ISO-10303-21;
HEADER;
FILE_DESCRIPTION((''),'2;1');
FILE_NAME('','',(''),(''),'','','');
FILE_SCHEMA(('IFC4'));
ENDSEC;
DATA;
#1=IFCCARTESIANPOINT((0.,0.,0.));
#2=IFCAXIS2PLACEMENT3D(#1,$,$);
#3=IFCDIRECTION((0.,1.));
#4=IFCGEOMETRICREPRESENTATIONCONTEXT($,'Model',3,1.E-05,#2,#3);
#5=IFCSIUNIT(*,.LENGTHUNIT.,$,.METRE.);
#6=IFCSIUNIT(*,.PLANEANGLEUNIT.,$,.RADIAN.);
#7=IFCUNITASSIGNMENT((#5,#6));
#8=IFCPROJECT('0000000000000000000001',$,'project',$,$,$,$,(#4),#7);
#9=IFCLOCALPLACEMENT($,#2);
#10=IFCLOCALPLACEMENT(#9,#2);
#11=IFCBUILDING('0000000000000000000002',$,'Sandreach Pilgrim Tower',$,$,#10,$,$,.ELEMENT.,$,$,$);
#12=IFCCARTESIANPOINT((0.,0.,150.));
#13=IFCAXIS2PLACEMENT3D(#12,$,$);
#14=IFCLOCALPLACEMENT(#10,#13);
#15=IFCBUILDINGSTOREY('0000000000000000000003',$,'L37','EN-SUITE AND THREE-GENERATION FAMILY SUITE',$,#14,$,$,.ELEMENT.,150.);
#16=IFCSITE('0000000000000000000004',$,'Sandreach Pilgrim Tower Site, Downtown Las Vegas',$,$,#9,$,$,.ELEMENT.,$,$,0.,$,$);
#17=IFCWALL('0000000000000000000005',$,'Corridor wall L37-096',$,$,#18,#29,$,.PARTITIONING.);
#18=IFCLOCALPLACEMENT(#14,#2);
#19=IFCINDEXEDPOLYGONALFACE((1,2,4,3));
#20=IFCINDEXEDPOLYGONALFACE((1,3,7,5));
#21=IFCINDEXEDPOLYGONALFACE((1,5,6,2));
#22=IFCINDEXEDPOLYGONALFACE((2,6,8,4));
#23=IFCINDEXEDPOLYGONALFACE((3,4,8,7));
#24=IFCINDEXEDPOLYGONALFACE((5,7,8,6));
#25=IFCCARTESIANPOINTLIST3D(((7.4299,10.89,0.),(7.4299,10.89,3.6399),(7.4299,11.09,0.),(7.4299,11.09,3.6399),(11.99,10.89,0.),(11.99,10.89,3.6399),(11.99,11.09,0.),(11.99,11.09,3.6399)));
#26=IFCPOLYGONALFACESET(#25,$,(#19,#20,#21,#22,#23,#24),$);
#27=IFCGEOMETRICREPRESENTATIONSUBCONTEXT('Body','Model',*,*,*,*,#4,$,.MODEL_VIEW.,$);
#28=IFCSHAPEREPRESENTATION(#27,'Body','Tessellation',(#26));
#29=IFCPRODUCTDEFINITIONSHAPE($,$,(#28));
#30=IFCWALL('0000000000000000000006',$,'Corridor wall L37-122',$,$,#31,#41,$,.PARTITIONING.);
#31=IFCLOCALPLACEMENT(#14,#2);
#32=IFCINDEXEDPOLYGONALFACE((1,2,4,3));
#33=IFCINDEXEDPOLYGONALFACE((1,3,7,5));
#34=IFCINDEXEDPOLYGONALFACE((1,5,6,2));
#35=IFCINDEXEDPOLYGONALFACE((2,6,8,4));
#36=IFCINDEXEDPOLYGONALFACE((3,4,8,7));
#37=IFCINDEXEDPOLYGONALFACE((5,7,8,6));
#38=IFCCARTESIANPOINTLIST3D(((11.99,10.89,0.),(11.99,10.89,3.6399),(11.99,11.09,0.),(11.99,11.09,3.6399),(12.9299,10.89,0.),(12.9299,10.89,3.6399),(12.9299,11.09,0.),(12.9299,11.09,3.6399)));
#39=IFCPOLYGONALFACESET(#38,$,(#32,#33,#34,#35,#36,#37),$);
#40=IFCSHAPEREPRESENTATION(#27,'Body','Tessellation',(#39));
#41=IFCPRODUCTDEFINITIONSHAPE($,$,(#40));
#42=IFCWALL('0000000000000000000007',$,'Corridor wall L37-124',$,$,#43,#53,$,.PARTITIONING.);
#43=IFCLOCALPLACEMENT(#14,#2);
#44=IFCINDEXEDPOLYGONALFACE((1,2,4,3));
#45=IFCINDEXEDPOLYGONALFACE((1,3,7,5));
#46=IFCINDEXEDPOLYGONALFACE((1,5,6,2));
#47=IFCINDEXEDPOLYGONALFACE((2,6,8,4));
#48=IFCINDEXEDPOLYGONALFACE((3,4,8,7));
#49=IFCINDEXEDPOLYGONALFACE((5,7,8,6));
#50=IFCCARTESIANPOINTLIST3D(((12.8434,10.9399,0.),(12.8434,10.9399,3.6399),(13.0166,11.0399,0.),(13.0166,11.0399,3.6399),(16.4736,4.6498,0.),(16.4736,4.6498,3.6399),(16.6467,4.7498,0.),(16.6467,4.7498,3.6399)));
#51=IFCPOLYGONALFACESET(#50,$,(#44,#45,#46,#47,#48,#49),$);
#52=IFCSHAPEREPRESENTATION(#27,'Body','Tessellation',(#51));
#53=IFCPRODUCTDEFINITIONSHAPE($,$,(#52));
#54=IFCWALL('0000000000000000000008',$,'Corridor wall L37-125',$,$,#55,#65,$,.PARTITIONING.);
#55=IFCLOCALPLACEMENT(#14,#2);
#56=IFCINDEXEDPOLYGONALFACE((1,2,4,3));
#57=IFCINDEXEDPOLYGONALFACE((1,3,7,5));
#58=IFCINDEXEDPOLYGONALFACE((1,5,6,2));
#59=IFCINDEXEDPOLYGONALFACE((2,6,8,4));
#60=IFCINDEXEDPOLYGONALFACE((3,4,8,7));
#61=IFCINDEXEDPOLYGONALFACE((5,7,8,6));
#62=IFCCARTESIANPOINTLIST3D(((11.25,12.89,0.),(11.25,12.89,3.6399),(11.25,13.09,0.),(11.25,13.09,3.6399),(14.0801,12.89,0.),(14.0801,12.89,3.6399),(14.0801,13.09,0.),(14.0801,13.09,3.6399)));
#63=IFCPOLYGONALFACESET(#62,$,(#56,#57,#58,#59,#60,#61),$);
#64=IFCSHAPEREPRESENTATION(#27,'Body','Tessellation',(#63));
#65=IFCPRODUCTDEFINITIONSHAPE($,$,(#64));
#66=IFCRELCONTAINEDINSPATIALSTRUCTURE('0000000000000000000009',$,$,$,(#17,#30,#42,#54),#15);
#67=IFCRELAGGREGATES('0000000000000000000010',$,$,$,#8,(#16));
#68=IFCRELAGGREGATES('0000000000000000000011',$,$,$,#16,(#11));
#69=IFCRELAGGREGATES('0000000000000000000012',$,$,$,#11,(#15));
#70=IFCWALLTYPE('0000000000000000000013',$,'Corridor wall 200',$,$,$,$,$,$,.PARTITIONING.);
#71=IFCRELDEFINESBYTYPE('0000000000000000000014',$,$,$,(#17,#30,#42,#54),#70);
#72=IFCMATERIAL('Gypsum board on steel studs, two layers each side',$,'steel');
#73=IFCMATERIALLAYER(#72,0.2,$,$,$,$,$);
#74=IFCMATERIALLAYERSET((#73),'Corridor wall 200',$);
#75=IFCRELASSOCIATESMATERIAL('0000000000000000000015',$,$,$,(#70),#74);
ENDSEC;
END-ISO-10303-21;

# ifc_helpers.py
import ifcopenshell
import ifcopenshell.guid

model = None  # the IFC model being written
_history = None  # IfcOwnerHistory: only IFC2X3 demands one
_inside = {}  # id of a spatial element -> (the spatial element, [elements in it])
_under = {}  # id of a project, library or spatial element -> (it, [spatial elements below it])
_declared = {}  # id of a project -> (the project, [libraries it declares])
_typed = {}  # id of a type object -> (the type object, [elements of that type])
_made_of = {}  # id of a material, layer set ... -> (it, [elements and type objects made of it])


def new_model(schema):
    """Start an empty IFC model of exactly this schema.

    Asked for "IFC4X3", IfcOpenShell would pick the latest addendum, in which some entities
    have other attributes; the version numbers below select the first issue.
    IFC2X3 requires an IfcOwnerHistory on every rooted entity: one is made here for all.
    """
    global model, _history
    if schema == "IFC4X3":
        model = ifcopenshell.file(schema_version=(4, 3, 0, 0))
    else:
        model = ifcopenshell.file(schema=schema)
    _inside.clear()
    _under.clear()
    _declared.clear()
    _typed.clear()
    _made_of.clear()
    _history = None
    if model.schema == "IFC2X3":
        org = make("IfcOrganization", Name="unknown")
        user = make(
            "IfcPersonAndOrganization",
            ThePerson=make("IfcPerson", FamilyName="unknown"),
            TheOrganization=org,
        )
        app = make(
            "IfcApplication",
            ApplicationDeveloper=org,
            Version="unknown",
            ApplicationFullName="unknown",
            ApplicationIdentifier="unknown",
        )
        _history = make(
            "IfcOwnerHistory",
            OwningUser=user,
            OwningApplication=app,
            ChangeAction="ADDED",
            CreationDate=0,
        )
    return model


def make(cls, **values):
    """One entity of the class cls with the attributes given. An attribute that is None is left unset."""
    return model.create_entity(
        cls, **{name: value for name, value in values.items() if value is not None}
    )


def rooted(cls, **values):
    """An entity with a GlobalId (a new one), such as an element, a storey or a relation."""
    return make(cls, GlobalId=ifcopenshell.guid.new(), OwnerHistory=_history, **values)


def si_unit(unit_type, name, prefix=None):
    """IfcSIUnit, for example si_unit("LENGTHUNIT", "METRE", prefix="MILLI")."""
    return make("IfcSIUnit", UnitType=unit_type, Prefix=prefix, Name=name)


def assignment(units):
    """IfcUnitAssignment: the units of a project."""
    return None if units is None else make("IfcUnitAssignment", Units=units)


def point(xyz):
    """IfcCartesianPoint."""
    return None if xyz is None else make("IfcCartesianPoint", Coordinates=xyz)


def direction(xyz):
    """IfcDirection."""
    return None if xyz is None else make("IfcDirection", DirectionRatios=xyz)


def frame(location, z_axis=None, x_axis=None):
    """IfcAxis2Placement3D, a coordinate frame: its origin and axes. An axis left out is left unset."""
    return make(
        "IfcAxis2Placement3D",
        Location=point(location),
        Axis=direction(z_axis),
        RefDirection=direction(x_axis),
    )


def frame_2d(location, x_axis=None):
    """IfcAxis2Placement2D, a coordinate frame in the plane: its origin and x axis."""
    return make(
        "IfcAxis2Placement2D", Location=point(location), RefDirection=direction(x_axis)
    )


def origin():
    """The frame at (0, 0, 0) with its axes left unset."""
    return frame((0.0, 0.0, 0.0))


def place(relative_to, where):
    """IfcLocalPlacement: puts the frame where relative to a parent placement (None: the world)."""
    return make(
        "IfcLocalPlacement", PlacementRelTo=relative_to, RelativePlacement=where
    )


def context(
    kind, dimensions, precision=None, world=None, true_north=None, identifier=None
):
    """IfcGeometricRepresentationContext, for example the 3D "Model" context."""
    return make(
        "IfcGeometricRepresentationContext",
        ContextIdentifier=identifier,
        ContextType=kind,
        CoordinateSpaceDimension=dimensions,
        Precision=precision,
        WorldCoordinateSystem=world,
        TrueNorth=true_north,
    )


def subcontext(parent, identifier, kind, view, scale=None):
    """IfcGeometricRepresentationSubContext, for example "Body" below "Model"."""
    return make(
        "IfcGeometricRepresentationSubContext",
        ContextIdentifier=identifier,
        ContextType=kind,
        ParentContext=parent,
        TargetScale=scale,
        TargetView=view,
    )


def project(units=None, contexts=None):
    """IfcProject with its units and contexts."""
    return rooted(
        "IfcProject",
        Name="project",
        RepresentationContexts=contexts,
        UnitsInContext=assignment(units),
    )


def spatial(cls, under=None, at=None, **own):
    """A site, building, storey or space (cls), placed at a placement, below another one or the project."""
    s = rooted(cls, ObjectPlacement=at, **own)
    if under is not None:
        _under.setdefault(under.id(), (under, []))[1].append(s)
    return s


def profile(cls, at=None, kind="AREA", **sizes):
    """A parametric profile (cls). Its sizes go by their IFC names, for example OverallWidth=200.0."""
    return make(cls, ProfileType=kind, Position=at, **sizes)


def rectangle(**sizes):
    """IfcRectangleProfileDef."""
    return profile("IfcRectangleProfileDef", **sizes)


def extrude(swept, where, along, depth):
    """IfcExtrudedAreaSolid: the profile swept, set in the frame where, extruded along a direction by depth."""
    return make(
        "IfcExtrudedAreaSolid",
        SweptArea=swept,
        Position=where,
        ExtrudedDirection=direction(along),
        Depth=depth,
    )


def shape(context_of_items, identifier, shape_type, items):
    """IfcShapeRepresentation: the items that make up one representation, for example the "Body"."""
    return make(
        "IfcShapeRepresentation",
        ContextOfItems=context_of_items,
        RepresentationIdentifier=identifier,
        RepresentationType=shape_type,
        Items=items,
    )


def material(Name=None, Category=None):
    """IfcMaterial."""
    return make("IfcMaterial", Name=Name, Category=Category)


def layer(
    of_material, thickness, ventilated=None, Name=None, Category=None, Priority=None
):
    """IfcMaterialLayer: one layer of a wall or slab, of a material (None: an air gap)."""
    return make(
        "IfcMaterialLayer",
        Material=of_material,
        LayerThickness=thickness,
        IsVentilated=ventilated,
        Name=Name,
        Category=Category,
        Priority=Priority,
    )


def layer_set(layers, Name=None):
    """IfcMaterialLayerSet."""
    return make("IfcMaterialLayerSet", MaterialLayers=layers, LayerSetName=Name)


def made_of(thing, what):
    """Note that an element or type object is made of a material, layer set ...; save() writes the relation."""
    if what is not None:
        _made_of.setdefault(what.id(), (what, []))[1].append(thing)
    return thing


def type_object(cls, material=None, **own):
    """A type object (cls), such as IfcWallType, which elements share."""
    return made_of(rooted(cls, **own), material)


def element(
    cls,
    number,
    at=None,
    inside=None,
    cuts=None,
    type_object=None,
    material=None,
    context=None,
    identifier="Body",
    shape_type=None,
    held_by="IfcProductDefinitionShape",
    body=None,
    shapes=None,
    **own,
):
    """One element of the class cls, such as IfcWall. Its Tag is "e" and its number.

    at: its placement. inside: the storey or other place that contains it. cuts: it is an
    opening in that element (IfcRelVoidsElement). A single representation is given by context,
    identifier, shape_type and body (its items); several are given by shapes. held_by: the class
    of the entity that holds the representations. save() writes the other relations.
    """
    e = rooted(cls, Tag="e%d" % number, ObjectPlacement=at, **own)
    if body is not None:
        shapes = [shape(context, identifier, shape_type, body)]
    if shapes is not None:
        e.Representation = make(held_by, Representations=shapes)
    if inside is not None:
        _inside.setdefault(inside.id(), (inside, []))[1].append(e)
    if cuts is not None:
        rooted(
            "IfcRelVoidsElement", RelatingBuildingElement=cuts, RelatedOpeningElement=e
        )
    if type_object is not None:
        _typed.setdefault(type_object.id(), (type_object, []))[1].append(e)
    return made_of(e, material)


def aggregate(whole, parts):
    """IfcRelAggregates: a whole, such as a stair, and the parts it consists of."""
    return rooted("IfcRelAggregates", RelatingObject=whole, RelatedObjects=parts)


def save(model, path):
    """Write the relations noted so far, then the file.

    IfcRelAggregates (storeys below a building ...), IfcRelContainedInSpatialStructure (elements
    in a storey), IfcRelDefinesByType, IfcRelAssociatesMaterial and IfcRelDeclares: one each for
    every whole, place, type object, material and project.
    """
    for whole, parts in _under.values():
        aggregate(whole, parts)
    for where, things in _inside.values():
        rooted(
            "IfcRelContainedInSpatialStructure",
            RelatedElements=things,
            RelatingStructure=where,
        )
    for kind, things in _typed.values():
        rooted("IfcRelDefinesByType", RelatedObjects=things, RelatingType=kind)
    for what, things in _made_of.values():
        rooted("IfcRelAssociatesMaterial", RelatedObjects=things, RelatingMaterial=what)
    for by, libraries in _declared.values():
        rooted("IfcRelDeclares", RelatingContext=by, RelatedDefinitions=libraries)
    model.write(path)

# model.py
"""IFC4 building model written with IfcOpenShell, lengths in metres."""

from ifc_helpers import new_model, si_unit, direction, frame, frame_2d, origin, place, context, subcontext, project, spatial, rectangle, extrude, material, layer, layer_set, type_object, element, save


model = new_model("IFC4")

# Units and contexts
model_context = context("Model", 3, precision=1e-05, world=origin(), true_north=direction((0.0, 1.0)))
body_context = subcontext(model_context, "Body", "Model", "MODEL_VIEW")
ifc_project = project(units=[si_unit("LENGTHUNIT", "METRE"), si_unit("PLANEANGLEUNIT", "RADIAN")], contexts=[model_context])

# Site, building, storey
site_placement = place(None, origin())
site = spatial("IfcSite", under=ifc_project, at=site_placement, Name="Sandreach Pilgrim Tower Site, Downtown Las Vegas", CompositionType="ELEMENT", RefElevation=0.0)
building_placement = place(site_placement, origin())
building = spatial("IfcBuilding", under=site, at=building_placement, Name="Sandreach Pilgrim Tower", CompositionType="ELEMENT")
storey_placement = place(building_placement, frame((0.0, 0.0, 150.0)))
storey = spatial("IfcBuildingStorey", under=building, at=storey_placement, Name="L37", Description="EN-SUITE AND THREE-GENERATION FAMILY SUITE", CompositionType="ELEMENT", Elevation=150.0)

# Wall
ifc_material_1 = material(Name="Gypsum board on steel studs, two layers each side", Category="steel")
ifc_layer_1 = layer(ifc_material_1, 0.2)
ifc_layer_set_1 = layer_set([ifc_layer_1], Name="Corridor wall 200")
wall_type_1 = type_object("IfcWallType", Name="Corridor wall 200", PredefinedType="PARTITIONING", material=ifc_layer_set_1)
wall_1_placement = place(storey_placement, frame((7.4299, 10.99, 0.0), z_axis=(0.0, 0.0, 1.0), x_axis=(1.0, 0.0, 0.0)))
element("IfcWall", 1, at=wall_1_placement, inside=storey, type_object=wall_type_1, Name="Corridor wall L37-096", PredefinedType="PARTITIONING", context=body_context, shape_type="SweptSolid", body=[
    extrude(rectangle(XDim=4.5601, YDim=0.2, at=frame_2d((2.28, 0.0))), origin(), (0.0, 0.0, 1.0), 3.6399),
])

# Walls
wall_2_placement = place(storey_placement, frame((11.99, 10.99, 0.0), z_axis=(0.0, 0.0, 1.0), x_axis=(1.0, 0.0, 0.0)))
element("IfcWall", 2, at=wall_2_placement, inside=storey, type_object=wall_type_1, Name="Corridor wall L37-122", PredefinedType="PARTITIONING", context=body_context, shape_type="SweptSolid", body=[
    extrude(rectangle(XDim=0.9399, YDim=0.2, at=frame_2d((0.47, 0.0))), origin(), (0.0, 0.0, 1.0), 3.6399),
])
wall_3_placement = place(storey_placement, frame((12.9299, 10.99, 0.0), z_axis=(0.0, 0.0, 1.0), x_axis=(0.499852, -0.866111, 0.0)))
element("IfcWall", 3, at=wall_3_placement, inside=storey, type_object=wall_type_1, Name="Corridor wall L37-124", PredefinedType="PARTITIONING", context=body_context, shape_type="SweptSolid", body=[
    extrude(rectangle(XDim=7.2625, YDim=0.2, at=frame_2d((3.6313, 0.0))), origin(), (0.0, 0.0, 1.0), 3.6399),
])
wall_4_placement = place(storey_placement, frame((14.0801, 12.99, 0.0), z_axis=(0.0, 0.0, 1.0), x_axis=(-1.0, 0.0, 0.0)))
element("IfcWall", 4, at=wall_4_placement, inside=storey, type_object=wall_type_1, Name="Corridor wall L37-125", PredefinedType="PARTITIONING", context=body_context, shape_type="SweptSolid", body=[
    extrude(rectangle(XDim=2.8301, YDim=0.2, at=frame_2d((1.415, 0.0))), origin(), (0.0, 0.0, 1.0), 3.6399),
])

save(model, "model.ifc")
